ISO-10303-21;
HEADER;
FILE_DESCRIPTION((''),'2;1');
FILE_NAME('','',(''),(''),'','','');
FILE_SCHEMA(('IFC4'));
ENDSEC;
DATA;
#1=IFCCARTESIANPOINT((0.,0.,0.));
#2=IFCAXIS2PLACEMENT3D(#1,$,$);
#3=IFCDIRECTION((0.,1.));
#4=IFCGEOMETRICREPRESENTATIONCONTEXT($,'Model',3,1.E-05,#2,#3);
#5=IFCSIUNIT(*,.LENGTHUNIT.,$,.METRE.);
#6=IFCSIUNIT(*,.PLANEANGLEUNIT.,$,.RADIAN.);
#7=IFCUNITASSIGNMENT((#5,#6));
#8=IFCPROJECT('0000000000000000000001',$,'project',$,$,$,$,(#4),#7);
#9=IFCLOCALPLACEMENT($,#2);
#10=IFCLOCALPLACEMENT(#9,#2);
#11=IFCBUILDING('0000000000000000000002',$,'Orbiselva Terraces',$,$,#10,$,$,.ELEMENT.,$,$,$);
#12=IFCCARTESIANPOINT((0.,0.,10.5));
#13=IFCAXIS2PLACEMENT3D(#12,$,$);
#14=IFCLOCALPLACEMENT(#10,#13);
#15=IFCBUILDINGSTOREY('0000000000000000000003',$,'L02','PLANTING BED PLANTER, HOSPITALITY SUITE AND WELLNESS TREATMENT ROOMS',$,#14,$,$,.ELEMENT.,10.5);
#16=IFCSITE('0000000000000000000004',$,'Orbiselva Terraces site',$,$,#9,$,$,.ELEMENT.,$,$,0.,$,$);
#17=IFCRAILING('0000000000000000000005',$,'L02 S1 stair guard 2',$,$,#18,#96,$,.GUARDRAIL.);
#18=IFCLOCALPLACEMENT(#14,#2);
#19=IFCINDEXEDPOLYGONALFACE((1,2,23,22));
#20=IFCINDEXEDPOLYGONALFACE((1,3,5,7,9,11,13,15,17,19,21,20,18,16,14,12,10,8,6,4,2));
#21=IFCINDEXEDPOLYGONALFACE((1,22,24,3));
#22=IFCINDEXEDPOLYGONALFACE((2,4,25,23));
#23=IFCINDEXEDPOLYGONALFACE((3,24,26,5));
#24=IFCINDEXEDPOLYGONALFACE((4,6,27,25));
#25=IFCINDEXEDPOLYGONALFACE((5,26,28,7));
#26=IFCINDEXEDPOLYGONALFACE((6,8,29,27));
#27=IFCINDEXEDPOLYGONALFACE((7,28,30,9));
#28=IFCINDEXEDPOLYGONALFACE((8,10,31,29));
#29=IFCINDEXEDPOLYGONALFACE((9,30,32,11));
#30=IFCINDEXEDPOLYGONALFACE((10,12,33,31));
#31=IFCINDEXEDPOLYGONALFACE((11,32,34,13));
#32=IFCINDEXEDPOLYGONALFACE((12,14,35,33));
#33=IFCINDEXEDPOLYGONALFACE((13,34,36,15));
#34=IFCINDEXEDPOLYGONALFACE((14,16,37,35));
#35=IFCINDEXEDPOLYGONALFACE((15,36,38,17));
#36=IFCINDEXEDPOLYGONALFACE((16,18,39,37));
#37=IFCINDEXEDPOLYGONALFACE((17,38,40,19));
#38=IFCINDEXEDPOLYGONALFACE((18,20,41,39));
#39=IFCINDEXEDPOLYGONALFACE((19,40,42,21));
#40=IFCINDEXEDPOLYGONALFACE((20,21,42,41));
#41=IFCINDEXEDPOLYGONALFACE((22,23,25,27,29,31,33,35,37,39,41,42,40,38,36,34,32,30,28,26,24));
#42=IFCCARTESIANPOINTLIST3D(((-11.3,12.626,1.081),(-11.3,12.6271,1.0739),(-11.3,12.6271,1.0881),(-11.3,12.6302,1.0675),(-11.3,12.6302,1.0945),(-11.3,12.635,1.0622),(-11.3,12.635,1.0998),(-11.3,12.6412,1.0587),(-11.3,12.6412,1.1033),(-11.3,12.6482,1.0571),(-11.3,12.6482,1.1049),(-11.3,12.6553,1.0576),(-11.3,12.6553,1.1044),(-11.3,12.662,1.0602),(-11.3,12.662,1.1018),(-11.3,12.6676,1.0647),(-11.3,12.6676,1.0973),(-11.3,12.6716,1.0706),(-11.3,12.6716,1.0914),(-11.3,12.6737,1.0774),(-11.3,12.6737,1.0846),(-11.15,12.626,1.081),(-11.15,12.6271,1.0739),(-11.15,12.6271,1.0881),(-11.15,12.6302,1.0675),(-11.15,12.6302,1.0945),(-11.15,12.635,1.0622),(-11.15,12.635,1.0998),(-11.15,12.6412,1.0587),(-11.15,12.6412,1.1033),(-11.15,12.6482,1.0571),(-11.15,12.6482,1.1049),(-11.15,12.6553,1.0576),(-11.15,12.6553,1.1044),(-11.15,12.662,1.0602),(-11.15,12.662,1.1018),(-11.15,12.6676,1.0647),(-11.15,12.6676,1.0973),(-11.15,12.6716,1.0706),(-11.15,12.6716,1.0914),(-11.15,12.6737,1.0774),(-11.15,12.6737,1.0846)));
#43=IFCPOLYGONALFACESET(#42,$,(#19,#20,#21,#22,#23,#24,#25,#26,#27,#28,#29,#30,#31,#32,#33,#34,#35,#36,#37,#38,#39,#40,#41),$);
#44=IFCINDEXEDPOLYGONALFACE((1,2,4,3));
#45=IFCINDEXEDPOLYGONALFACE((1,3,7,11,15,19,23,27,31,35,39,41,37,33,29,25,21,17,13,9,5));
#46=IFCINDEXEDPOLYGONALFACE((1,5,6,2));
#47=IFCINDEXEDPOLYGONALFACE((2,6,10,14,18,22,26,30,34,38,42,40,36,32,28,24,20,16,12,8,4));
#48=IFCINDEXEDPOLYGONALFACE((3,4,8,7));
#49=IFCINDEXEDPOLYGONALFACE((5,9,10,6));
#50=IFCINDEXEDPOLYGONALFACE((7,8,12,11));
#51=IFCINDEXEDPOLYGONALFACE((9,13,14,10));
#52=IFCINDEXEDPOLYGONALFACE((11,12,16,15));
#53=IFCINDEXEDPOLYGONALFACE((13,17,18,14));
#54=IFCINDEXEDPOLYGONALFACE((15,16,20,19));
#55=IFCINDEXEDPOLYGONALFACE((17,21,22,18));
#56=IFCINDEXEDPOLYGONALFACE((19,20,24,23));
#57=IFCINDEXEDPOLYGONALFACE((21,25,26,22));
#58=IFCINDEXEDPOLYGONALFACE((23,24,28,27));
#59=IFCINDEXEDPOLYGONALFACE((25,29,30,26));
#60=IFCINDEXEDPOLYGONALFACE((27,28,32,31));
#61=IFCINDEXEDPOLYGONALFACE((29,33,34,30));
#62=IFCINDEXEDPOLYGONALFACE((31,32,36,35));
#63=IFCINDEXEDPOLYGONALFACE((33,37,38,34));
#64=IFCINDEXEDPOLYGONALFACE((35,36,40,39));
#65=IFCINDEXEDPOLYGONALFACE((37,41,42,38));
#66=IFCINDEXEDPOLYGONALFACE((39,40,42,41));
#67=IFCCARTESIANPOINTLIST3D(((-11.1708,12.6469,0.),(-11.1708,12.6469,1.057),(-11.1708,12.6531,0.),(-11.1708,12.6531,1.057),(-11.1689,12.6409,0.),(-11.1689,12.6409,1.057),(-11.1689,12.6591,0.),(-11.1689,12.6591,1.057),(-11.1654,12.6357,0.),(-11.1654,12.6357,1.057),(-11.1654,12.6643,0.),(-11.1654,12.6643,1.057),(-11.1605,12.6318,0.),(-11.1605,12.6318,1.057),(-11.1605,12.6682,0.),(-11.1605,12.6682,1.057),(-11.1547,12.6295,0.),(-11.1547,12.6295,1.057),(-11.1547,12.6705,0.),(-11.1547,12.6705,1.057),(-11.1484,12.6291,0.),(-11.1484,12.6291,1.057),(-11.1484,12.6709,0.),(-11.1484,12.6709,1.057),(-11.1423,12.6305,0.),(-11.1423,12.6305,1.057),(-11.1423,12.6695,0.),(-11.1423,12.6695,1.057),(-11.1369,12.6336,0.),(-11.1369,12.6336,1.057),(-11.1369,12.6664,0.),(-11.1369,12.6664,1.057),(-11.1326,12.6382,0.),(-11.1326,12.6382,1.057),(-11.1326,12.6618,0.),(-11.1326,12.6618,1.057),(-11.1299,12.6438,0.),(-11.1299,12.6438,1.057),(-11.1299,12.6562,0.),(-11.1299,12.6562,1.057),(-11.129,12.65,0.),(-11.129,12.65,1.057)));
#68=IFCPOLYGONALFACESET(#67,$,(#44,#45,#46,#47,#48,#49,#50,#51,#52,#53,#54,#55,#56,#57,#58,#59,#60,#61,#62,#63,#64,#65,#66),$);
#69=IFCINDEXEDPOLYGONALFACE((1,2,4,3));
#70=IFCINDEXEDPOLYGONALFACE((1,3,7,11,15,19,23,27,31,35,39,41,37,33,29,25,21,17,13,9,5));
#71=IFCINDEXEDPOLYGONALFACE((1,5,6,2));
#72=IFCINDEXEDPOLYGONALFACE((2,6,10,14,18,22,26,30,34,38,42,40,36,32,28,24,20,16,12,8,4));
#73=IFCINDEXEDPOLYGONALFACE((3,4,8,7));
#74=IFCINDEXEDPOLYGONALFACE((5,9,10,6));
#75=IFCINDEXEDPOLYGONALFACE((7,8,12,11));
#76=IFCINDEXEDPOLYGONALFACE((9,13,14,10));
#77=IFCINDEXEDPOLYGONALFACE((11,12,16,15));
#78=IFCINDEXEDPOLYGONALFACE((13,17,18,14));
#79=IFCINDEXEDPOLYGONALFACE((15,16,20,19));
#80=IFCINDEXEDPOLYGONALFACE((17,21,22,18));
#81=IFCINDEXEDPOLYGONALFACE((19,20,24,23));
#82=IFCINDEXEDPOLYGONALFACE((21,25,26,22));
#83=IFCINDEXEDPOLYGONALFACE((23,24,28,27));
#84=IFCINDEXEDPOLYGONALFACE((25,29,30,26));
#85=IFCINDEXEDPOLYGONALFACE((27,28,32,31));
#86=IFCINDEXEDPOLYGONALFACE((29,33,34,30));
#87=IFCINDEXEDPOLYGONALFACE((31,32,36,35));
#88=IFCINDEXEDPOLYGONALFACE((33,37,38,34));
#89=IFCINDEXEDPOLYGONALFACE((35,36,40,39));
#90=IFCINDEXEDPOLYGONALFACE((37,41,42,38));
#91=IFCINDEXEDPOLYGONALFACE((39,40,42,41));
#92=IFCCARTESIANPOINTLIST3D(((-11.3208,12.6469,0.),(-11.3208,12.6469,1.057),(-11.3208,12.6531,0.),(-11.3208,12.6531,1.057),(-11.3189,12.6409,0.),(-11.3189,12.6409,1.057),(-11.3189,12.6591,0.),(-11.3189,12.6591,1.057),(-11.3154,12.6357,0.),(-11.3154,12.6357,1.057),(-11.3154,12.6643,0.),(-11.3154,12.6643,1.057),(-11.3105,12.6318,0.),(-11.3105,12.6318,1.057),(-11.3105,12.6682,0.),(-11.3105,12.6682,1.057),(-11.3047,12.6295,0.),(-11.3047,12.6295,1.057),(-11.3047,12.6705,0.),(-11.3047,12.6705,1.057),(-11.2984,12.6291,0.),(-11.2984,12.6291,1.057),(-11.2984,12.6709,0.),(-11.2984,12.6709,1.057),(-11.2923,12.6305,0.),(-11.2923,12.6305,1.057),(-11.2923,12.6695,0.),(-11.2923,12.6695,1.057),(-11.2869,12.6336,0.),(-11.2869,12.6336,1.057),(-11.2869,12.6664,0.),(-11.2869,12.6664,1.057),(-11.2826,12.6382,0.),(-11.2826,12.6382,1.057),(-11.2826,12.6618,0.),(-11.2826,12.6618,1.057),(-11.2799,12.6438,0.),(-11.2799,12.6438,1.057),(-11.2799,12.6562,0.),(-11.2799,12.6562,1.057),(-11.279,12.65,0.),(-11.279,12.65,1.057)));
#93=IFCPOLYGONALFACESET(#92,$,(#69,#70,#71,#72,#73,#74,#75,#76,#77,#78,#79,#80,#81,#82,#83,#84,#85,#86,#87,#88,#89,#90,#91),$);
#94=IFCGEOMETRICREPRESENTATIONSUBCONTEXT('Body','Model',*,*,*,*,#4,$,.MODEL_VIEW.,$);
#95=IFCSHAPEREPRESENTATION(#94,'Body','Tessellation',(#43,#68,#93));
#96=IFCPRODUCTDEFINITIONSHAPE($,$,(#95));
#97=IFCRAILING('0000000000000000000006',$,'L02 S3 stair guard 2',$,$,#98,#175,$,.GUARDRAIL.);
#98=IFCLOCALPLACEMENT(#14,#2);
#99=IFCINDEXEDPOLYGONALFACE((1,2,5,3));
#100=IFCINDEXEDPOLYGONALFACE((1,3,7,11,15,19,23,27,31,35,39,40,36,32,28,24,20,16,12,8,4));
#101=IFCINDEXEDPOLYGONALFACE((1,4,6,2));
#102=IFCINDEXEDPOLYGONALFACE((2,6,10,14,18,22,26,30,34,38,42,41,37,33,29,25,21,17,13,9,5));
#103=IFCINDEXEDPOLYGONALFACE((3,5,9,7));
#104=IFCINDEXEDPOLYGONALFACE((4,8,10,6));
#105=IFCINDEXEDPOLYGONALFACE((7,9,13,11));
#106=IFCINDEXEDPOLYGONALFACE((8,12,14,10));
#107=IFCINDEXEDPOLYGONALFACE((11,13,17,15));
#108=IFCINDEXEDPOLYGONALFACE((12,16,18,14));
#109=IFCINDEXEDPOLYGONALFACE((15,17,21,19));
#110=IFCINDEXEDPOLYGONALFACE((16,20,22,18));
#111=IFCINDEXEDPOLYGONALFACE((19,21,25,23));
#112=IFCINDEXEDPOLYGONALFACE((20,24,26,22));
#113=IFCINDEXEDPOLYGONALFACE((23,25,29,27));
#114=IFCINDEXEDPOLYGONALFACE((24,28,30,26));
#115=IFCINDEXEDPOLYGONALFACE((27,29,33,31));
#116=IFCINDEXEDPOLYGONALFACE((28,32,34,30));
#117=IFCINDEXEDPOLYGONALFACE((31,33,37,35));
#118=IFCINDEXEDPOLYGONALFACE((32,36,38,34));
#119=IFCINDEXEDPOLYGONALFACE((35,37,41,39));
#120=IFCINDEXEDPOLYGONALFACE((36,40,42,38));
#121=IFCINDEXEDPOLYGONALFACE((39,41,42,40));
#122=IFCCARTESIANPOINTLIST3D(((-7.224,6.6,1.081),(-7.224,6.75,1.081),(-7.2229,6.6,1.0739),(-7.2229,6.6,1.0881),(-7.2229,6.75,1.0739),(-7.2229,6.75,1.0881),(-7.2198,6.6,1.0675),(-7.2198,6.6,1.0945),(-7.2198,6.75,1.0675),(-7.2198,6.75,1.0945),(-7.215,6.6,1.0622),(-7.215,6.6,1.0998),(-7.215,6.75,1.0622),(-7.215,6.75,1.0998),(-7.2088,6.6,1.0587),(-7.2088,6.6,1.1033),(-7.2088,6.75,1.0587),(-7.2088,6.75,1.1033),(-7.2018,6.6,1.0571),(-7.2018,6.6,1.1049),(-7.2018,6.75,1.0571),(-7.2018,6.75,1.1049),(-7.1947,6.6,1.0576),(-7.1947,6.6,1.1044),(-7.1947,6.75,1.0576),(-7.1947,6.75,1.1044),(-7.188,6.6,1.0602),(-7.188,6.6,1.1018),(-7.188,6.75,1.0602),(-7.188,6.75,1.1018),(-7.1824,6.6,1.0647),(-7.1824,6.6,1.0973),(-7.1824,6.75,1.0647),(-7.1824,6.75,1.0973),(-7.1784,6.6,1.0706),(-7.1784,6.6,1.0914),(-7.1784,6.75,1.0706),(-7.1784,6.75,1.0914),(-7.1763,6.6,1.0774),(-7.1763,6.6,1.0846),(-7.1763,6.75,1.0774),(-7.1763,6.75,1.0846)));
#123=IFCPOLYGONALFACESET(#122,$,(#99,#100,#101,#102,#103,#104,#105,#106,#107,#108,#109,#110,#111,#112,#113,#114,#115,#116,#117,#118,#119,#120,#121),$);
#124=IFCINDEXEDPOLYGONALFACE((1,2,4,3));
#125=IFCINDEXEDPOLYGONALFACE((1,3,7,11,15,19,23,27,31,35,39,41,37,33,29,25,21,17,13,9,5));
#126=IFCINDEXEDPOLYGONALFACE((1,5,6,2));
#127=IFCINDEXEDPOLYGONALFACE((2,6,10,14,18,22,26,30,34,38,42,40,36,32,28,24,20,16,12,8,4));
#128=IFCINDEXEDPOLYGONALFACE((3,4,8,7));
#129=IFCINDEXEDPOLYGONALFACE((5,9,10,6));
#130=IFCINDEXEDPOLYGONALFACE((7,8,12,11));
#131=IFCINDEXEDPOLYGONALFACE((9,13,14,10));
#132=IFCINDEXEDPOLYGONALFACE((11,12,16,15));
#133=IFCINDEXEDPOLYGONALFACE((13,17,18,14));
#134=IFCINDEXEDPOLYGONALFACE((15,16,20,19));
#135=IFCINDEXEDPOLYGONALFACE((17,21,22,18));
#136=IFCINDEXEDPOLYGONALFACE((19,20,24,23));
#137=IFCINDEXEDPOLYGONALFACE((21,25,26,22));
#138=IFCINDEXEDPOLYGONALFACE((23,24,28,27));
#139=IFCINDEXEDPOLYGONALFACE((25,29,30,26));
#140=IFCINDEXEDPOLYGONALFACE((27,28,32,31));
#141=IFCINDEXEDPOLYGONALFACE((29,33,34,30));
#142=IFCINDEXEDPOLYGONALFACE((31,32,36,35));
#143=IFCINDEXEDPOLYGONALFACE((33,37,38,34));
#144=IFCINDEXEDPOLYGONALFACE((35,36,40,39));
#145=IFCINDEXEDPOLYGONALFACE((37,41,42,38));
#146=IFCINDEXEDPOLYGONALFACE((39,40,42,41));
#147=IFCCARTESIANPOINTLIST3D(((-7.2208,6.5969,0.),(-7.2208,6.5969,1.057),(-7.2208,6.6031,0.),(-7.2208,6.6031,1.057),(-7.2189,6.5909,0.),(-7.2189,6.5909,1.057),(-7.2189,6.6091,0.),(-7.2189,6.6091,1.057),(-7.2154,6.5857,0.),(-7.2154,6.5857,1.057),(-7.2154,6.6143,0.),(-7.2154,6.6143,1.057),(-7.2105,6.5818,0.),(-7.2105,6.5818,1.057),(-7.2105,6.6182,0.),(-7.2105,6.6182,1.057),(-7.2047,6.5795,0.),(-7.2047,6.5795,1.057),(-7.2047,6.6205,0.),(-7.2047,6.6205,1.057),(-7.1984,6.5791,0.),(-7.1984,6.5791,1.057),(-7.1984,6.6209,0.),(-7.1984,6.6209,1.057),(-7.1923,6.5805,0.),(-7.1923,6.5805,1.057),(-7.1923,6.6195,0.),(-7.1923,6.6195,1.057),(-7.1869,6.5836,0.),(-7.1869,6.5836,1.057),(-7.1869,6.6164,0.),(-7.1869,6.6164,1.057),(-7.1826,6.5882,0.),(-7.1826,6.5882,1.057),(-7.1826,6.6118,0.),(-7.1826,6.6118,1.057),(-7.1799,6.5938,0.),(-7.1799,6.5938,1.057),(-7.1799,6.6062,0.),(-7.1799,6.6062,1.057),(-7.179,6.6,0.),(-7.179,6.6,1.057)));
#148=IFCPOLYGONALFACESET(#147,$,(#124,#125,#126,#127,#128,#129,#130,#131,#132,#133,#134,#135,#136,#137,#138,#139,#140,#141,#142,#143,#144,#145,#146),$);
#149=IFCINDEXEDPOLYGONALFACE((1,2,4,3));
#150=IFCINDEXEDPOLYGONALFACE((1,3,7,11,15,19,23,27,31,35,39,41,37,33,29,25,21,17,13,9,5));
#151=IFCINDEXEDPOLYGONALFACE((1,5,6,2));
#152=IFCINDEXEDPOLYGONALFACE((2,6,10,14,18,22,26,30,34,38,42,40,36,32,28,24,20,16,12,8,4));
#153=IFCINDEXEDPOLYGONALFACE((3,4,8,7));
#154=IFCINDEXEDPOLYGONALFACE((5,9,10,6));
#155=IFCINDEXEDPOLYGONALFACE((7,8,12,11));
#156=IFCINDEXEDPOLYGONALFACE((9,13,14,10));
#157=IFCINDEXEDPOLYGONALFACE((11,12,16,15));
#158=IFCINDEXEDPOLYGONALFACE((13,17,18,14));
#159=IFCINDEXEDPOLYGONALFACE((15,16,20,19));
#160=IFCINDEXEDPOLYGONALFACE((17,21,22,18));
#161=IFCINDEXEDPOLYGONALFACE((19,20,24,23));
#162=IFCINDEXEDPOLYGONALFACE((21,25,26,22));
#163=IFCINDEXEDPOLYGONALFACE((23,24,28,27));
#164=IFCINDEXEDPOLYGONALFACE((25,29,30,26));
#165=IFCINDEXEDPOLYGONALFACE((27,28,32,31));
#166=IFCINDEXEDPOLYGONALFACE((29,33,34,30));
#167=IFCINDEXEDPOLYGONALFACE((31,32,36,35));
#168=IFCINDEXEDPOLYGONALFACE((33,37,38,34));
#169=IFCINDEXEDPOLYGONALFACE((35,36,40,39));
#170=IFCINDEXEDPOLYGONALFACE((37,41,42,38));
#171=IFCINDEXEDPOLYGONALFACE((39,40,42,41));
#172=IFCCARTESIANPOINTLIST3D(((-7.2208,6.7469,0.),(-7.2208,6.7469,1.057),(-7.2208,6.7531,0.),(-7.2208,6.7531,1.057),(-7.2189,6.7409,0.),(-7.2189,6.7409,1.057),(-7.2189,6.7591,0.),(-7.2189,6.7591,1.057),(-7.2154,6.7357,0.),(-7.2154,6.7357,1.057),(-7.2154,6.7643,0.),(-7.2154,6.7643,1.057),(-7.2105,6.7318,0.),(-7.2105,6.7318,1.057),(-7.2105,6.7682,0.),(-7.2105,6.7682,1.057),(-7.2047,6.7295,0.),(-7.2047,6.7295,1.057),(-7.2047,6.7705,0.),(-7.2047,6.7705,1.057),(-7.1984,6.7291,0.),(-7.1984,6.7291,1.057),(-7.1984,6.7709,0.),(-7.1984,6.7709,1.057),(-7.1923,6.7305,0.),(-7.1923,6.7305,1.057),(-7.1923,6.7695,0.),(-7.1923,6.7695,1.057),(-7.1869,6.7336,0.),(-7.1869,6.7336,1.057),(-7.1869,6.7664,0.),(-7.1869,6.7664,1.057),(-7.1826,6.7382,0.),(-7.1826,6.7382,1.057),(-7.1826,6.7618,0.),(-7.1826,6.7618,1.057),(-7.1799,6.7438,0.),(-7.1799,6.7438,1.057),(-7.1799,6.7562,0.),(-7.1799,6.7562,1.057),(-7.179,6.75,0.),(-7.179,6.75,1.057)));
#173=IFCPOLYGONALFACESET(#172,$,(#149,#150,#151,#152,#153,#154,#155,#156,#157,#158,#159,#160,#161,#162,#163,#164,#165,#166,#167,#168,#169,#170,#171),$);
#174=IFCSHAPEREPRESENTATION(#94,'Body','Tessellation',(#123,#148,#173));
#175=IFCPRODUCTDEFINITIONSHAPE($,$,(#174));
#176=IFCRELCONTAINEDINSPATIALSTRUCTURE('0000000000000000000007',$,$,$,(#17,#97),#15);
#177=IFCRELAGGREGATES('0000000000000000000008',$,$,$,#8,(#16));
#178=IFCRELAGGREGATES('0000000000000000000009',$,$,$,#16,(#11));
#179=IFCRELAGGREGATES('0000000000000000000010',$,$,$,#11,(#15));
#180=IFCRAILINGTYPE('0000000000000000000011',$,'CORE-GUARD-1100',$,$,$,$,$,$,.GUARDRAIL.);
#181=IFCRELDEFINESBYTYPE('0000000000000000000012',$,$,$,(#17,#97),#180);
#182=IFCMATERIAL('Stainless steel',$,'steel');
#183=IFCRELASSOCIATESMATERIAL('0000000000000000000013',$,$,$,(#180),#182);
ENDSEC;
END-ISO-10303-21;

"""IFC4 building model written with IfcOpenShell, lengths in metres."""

from ifc_helpers import new_model, si_unit, direction, frame, origin, origin_2d, place, context, subcontext, project, spatial, circle, extrude, material, type_object, element, save


model = new_model("IFC4")

# Units and contexts
model_context = context("Model", 3, precision=1e-05, world=origin(), true_north=direction((0.0, 1.0)))
body_context = subcontext(model_context, "Body", "Model", "MODEL_VIEW")
ifc_project = project(units=[si_unit("LENGTHUNIT", "METRE"), si_unit("PLANEANGLEUNIT", "RADIAN")], contexts=[model_context])

# Site, building, storey
site_placement = place(None, origin())
site = spatial("IfcSite", under=ifc_project, at=site_placement, Name="Orbiselva Terraces site", CompositionType="ELEMENT", RefElevation=0.0)
building_placement = place(site_placement, origin())
building = spatial("IfcBuilding", under=site, at=building_placement, Name="Orbiselva Terraces", CompositionType="ELEMENT")
storey_placement = place(building_placement, frame((0.0, 0.0, 10.5)))
storey = spatial("IfcBuildingStorey", under=building, at=storey_placement, Name="L02", Description="PLANTING BED PLANTER, HOSPITALITY SUITE AND WELLNESS TREATMENT ROOMS", CompositionType="ELEMENT", Elevation=10.5)

# Railings
ifc_material_1 = material(Name="Stainless steel", Category="steel")
railing_type_1 = type_object("IfcRailingType", Name="CORE-GUARD-1100", PredefinedType="GUARDRAIL", material=ifc_material_1)
railing_1_placement = place(storey_placement, frame((-11.15, 12.65, 0.0)))
element("IfcRailing", 1, at=railing_1_placement, inside=storey, type_object=railing_type_1, Name="L02 S1 stair guard 2", PredefinedType="GUARDRAIL", context=body_context, shape_type="SweptSolid", body=[
    extrude(circle(Radius=0.024, at=origin_2d()), frame((0.0, 0.0, 1.081), z_axis=(-1.0, 0.0, 0.0), x_axis=(0.0, -1.0, 0.0)), (0.0, 0.0, 1.0), 0.15),
    extrude(circle(Radius=0.021, at=origin_2d()), origin(), (0.0, 0.0, 1.0), 1.057),
    extrude(circle(Radius=0.021, at=origin_2d()), frame((-0.15, 0.0, 0.0)), (0.0, 0.0, 1.0), 1.057),
])
railing_2_placement = place(storey_placement, frame((-7.2, 6.6, 0.0)))
element("IfcRailing", 2, at=railing_2_placement, inside=storey, type_object=railing_type_1, Name="L02 S3 stair guard 2", PredefinedType="GUARDRAIL", context=body_context, shape_type="SweptSolid", body=[
    extrude(circle(Radius=0.024, at=origin_2d()), frame((0.0, 0.0, 1.081), z_axis=(0.0, 1.0, 0.0), x_axis=(-1.0, 0.0, 0.0)), (0.0, 0.0, 1.0), 0.15),
    extrude(circle(Radius=0.021, at=origin_2d()), origin(), (0.0, 0.0, 1.0), 1.057),
    extrude(circle(Radius=0.021, at=origin_2d()), frame((0.0, 0.15, 0.0)), (0.0, 0.0, 1.0), 1.057),
])

save(model, "model.ifc")
